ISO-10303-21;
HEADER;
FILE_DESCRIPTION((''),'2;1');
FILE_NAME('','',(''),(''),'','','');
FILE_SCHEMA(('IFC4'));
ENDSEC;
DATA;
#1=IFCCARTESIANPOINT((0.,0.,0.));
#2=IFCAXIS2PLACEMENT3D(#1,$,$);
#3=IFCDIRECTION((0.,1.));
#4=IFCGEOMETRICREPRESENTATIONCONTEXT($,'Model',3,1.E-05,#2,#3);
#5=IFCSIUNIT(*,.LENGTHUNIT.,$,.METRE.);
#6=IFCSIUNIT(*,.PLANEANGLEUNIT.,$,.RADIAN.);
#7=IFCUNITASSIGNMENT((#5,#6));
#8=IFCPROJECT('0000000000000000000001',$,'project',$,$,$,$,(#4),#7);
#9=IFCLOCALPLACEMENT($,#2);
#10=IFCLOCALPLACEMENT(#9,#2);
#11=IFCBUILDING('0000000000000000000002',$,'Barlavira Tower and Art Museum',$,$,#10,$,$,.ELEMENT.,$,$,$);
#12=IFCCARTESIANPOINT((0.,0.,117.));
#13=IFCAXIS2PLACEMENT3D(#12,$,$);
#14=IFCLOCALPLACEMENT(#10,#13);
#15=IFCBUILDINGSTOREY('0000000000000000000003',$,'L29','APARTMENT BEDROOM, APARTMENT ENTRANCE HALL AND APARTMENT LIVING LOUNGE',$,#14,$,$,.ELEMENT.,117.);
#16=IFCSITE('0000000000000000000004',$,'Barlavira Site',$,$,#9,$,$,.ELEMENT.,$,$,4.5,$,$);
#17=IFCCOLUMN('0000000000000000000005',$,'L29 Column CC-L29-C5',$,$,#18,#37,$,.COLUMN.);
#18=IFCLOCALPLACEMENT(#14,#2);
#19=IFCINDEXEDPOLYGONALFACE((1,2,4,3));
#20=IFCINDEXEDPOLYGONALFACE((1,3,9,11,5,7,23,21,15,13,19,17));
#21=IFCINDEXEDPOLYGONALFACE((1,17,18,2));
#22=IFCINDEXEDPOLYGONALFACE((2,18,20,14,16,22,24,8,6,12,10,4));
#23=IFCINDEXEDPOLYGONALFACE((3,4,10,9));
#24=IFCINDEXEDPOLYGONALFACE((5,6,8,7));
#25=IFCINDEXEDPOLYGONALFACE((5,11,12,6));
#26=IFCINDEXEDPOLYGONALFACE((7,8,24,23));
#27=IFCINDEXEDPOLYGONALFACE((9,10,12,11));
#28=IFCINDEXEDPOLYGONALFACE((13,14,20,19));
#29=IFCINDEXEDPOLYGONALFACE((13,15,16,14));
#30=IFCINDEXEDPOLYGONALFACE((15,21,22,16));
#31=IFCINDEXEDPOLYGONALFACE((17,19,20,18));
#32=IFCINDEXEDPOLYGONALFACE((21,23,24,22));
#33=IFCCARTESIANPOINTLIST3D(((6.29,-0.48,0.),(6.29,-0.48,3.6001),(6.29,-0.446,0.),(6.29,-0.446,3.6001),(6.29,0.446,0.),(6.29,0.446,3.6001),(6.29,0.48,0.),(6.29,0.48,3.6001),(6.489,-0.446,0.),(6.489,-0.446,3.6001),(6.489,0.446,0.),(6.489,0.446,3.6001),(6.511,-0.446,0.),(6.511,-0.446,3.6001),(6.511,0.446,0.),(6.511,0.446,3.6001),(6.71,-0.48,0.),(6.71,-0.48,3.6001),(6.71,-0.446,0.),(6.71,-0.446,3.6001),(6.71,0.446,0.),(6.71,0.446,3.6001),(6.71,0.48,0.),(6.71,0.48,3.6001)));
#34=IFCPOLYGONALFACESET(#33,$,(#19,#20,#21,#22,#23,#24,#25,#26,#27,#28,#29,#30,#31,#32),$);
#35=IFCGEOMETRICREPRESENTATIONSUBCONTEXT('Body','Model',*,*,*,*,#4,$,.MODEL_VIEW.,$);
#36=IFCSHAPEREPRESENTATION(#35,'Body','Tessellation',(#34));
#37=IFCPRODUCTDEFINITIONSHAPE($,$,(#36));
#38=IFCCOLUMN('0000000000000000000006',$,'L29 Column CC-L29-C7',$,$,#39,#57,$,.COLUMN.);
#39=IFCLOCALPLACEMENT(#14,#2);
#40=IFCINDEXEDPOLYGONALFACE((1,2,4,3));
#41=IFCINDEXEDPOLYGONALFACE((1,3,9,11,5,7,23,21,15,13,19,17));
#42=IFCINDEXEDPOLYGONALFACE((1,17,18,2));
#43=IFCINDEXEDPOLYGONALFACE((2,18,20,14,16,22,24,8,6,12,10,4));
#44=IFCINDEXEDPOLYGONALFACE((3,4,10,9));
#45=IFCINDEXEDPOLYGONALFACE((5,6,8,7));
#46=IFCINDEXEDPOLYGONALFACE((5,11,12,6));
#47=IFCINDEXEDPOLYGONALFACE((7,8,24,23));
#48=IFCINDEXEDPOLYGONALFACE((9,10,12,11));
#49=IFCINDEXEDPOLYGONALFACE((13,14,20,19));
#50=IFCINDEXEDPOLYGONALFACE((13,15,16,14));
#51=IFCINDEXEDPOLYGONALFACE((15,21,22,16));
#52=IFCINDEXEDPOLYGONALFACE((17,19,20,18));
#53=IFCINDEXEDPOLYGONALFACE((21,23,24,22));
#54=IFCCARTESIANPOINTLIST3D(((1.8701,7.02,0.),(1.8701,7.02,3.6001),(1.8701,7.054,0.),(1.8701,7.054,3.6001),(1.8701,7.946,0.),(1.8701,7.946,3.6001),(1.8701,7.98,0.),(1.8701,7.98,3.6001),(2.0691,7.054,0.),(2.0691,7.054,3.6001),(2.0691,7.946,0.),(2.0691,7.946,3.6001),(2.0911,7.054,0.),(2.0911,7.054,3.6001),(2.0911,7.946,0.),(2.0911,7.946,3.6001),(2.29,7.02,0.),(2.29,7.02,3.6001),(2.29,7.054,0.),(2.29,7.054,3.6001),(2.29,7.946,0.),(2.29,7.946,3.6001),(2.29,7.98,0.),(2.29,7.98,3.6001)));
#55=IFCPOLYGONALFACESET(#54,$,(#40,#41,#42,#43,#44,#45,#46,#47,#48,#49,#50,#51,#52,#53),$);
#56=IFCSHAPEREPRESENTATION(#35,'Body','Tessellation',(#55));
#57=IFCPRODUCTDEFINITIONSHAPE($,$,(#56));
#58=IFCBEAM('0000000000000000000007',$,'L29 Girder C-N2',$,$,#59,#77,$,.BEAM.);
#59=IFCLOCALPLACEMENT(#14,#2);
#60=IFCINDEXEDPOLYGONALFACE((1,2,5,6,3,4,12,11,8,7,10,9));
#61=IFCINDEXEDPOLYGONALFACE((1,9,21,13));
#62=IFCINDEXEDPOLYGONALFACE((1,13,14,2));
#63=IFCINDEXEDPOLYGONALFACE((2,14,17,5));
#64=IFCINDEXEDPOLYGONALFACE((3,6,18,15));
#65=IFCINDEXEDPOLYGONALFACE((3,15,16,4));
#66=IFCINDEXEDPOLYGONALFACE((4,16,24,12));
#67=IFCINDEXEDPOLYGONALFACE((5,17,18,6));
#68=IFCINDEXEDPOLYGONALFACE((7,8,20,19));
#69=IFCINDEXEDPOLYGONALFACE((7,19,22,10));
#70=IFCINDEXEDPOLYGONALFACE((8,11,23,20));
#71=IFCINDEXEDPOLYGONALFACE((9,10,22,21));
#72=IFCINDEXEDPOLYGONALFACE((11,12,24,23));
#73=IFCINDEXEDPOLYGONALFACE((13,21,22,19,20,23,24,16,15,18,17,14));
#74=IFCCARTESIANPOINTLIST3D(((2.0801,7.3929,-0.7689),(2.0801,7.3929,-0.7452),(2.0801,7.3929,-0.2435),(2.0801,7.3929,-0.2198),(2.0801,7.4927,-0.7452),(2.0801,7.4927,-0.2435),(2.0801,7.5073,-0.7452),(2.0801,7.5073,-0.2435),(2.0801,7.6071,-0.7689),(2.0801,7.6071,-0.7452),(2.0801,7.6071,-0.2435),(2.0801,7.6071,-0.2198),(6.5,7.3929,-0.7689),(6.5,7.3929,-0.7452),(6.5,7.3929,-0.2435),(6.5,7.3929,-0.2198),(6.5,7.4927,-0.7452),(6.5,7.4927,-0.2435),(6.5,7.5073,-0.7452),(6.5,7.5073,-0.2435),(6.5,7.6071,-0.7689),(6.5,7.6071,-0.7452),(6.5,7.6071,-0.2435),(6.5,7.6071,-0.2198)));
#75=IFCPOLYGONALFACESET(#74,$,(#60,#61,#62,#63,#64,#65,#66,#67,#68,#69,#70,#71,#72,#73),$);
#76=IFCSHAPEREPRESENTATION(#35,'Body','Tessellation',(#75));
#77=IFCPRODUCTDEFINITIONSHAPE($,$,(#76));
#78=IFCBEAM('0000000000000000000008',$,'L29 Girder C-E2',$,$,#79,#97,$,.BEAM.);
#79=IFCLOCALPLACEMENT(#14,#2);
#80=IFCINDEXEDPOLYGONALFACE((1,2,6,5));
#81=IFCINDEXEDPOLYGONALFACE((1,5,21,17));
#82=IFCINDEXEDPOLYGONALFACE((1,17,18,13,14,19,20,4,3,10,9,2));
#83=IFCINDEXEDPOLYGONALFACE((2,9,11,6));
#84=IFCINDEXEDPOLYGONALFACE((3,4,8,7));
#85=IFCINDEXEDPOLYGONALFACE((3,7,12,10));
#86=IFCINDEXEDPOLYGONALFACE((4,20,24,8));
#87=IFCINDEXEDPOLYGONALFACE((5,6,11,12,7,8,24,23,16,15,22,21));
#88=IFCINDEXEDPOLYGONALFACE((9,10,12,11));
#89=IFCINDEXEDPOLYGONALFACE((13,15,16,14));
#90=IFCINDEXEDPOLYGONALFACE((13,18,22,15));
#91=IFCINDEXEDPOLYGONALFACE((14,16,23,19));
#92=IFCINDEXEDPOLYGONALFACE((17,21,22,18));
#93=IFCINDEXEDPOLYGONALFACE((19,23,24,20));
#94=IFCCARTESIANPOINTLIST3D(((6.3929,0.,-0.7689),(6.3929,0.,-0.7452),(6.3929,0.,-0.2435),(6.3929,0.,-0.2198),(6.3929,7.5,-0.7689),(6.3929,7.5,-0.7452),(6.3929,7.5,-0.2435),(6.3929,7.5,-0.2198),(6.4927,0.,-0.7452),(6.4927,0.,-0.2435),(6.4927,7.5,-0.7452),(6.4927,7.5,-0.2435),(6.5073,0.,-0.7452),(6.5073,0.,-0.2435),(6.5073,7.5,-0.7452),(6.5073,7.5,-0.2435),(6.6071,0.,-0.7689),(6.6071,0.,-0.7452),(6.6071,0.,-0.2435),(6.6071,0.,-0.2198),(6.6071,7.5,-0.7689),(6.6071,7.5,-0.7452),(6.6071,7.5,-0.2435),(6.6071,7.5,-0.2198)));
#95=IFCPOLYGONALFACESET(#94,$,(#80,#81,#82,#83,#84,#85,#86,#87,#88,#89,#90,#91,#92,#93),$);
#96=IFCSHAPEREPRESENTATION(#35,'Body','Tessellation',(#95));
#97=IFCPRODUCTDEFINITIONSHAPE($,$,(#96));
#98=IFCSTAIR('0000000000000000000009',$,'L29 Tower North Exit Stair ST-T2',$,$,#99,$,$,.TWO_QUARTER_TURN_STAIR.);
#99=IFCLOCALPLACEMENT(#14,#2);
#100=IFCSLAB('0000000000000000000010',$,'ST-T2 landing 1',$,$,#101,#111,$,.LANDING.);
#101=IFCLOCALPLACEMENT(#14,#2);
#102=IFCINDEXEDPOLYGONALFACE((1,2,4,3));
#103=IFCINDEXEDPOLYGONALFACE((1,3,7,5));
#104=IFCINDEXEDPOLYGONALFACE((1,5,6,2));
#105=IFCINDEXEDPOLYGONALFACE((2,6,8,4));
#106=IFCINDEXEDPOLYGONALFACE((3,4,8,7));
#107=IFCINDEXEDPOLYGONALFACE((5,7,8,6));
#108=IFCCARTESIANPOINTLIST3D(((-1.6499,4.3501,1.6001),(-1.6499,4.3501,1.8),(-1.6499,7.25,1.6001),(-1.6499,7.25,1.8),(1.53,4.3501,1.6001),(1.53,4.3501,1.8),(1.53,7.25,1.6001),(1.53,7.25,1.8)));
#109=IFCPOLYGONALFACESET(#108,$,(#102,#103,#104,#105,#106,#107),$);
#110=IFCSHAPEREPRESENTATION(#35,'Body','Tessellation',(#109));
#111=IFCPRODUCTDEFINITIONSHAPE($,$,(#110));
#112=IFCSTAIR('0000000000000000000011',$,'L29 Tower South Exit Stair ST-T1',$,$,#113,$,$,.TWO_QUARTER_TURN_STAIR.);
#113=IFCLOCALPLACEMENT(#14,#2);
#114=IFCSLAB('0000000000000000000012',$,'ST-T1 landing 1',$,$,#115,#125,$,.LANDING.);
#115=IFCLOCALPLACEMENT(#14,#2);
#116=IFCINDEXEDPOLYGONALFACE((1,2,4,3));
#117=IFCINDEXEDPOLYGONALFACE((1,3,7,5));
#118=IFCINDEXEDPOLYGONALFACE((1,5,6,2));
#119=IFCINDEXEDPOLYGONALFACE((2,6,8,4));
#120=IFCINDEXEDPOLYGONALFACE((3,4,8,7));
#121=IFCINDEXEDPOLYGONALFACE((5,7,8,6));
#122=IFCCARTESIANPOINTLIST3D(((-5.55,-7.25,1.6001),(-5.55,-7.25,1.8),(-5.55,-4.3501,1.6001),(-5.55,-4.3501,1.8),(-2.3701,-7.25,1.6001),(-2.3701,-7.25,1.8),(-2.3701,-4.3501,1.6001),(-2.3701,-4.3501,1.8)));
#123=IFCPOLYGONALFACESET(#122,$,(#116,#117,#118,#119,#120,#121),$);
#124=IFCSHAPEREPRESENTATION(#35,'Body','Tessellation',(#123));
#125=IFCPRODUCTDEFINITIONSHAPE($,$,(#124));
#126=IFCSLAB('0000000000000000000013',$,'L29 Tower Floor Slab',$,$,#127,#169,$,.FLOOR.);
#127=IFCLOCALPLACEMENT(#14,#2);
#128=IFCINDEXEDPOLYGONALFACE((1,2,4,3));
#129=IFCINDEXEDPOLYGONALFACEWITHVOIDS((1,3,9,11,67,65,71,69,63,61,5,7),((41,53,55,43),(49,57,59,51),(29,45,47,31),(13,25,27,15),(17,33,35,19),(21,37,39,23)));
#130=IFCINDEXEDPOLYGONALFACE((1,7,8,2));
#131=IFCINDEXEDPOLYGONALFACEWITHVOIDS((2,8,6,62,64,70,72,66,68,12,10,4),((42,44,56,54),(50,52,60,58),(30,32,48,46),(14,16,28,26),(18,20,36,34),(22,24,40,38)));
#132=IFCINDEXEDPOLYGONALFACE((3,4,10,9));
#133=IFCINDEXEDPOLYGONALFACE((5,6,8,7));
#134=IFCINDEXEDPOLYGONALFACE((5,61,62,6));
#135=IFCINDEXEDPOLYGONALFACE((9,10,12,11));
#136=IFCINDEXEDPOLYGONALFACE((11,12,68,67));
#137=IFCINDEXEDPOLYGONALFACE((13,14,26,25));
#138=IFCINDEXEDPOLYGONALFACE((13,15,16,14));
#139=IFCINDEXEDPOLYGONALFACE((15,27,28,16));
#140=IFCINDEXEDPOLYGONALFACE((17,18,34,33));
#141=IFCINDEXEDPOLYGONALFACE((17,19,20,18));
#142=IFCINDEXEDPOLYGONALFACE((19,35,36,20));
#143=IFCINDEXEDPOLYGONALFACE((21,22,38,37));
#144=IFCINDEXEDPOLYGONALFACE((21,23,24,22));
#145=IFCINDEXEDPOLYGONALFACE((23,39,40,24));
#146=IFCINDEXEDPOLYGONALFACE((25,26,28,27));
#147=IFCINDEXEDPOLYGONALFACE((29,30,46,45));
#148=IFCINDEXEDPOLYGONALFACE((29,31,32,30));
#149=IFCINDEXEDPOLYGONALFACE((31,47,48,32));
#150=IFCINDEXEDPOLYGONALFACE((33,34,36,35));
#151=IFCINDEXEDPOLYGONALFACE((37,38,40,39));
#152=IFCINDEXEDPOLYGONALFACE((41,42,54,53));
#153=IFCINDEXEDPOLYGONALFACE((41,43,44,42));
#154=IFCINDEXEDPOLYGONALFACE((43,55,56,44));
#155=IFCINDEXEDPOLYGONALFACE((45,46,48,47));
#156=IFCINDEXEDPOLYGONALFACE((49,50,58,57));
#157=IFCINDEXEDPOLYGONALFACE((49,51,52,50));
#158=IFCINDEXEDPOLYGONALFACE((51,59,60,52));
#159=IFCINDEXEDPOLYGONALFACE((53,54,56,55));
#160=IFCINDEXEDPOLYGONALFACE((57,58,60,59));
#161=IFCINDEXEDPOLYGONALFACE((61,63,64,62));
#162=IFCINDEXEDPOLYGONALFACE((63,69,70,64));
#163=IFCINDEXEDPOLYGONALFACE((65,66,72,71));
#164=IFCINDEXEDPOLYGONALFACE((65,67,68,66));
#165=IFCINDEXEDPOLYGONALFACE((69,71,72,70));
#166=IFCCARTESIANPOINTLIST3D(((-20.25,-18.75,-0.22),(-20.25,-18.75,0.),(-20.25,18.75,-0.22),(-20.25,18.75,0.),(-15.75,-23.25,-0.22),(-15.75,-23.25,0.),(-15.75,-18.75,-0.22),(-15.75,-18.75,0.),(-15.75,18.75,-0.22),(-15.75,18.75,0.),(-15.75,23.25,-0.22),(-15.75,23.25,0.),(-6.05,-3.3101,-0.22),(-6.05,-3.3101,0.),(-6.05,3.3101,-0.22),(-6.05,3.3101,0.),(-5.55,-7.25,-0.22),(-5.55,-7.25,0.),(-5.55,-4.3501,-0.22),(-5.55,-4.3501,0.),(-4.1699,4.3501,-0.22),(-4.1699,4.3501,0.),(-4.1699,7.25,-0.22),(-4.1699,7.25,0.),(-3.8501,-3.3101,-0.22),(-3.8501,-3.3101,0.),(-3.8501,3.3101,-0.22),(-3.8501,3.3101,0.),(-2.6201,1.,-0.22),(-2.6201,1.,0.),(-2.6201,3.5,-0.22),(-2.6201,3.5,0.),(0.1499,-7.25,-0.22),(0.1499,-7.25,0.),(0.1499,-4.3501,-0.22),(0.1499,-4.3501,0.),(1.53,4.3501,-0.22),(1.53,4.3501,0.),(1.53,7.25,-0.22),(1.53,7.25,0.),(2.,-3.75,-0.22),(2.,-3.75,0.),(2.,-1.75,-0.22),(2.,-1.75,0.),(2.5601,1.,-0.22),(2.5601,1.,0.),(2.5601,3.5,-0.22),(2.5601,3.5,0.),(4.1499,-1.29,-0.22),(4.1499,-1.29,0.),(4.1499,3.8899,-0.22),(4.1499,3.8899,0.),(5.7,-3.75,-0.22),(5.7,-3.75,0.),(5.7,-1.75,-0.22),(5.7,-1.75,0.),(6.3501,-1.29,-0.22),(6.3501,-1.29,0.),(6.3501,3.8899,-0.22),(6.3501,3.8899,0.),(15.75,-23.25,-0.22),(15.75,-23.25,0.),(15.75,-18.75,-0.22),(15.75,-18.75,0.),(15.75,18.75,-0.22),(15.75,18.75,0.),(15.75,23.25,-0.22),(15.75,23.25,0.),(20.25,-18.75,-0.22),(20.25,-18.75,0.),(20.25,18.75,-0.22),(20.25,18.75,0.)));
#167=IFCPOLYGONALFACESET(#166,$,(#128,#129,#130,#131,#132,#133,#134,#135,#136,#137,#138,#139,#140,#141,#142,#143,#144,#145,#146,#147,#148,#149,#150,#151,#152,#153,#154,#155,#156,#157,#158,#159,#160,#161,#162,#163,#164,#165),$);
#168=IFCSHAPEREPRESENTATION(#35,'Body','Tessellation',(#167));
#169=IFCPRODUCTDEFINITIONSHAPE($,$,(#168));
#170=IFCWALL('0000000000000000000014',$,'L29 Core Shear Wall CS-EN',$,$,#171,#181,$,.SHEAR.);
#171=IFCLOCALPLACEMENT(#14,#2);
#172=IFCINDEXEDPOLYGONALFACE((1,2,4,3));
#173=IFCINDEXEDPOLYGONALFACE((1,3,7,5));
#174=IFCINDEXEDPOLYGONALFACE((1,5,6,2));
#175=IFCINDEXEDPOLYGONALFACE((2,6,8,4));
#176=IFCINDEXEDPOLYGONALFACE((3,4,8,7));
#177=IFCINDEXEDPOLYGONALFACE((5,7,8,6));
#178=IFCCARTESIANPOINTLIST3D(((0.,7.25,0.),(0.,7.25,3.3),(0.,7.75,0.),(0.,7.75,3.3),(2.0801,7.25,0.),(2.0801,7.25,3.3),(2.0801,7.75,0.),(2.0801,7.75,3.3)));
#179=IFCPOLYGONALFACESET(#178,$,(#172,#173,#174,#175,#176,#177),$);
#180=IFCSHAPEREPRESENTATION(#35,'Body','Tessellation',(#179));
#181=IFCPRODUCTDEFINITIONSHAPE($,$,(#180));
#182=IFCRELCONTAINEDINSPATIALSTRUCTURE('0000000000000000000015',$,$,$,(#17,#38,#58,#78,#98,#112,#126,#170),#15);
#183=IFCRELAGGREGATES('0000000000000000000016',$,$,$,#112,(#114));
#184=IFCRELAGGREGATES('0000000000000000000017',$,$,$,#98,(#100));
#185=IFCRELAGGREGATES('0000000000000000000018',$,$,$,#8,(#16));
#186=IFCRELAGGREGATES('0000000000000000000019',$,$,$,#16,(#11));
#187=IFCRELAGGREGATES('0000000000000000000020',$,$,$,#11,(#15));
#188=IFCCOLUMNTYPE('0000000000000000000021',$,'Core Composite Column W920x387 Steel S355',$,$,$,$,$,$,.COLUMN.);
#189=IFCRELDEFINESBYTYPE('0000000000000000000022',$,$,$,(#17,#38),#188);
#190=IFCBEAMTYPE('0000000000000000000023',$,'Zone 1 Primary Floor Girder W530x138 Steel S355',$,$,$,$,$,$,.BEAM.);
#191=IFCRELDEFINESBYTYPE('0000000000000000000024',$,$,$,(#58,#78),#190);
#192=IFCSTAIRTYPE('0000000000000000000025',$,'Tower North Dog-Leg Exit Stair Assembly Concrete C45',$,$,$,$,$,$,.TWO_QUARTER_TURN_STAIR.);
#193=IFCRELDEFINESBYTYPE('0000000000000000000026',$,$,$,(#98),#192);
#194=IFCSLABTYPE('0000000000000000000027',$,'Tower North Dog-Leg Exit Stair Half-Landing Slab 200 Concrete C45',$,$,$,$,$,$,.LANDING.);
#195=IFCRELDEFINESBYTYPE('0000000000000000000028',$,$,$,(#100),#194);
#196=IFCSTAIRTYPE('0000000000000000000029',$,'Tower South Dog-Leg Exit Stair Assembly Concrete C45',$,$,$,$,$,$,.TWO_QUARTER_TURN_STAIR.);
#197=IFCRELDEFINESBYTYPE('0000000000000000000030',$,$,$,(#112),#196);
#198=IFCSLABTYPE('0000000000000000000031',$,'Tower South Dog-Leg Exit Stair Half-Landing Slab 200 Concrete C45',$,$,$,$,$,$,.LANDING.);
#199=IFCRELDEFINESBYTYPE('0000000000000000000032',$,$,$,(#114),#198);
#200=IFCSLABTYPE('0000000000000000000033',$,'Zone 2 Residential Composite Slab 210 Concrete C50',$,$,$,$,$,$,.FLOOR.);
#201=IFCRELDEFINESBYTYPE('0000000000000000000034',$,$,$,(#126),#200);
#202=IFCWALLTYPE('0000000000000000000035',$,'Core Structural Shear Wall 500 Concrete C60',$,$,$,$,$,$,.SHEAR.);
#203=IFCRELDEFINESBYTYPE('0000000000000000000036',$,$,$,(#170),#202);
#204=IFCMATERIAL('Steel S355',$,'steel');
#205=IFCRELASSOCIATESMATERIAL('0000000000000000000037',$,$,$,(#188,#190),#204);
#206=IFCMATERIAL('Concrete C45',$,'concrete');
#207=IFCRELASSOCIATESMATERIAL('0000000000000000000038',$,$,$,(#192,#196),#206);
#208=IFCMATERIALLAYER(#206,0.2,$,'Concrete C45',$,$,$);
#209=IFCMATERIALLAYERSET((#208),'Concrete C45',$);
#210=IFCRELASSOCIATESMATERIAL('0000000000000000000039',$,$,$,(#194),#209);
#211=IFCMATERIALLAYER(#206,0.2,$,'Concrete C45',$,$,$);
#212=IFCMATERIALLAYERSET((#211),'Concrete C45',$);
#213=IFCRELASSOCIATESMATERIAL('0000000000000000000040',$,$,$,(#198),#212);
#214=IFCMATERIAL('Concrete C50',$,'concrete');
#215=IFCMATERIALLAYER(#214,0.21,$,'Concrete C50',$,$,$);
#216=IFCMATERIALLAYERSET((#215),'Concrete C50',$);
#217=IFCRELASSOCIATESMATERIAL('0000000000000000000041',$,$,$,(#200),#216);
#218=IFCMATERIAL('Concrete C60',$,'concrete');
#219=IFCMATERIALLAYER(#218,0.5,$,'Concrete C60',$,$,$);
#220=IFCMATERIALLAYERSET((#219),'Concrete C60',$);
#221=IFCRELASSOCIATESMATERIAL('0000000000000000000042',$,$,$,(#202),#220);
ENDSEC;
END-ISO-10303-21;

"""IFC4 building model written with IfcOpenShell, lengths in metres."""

from ifc_helpers import new_model, si_unit, direction, frame, frame_2d, origin, origin_2d, place, context, subcontext, project, spatial, polyline, rectangle, i_section, outline, extrude, material, layer, layer_set, material_profile, profile_set, type_object, element, aggregate, save


model = new_model("IFC4")

# Units and contexts
model_context = context("Model", 3, precision=1e-05, world=origin(), true_north=direction((0.0, 1.0)))
body_context = subcontext(model_context, "Body", "Model", "MODEL_VIEW")
ifc_project = project(units=[si_unit("LENGTHUNIT", "METRE"), si_unit("PLANEANGLEUNIT", "RADIAN")], contexts=[model_context])

# Site, building, storey
site_placement = place(None, origin())
site = spatial("IfcSite", under=ifc_project, at=site_placement, Name="Barlavira Site", CompositionType="ELEMENT", RefElevation=4.5)
building_placement = place(site_placement, origin())
building = spatial("IfcBuilding", under=site, at=building_placement, Name="Barlavira Tower and Art Museum", CompositionType="ELEMENT")
storey_placement = place(building_placement, frame((0.0, 0.0, 117.0)))
storey = spatial("IfcBuildingStorey", under=building, at=storey_placement, Name="L29", Description="APARTMENT BEDROOM, APARTMENT ENTRANCE HALL AND APARTMENT LIVING LOUNGE", CompositionType="ELEMENT", Elevation=117.0)

# Columns
ifc_material_1 = material(Name="Steel S355", Category="steel")
ifc_material_profile_1 = material_profile(ifc_material_1, i_section(OverallWidth=0.4199, OverallDepth=0.96, WebThickness=0.022, FlangeThickness=0.0339, at=origin_2d()), Name="W920x387.0")
ifc_profile_set_1 = profile_set([ifc_material_profile_1], Name="Steel S355")
column_type = type_object("IfcColumnType", Name="Core Composite Column W920x387 Steel S355", PredefinedType="COLUMN", material=ifc_profile_set_1)
for number, where, z_axis, x_axis, name in (
    (1, (6.5, 0.0, 0.0), (0.0, 0.0, 1.0), (1.0, 0.0, 0.0), "L29 Column CC-L29-C5"),
    (2, (2.0801, 7.5, 0.0), (0.0, 0.0, 1.0), (1.0, 0.0, 0.0), "L29 Column CC-L29-C7"),
):
    element("IfcColumn", number, at=place(storey_placement, frame(where, z_axis=z_axis, x_axis=x_axis)), inside=storey, type_object=column_type, Name=name, PredefinedType="COLUMN", context=body_context, shape_type="SweptSolid", body=[
        extrude(i_section(OverallWidth=0.4199, OverallDepth=0.96, WebThickness=0.022, FlangeThickness=0.0339, at=origin_2d()), origin(), (0.0, 0.0, 1.0), 3.6001),
    ])

# Beams
ifc_material_profile_2 = material_profile(ifc_material_1, i_section(OverallWidth=0.2141, OverallDepth=0.5491, WebThickness=0.0146, FlangeThickness=0.0237, at=origin_2d()), Name="W530x138.0")
ifc_profile_set_2 = profile_set([ifc_material_profile_2], Name="Steel S355")
beam_type = type_object("IfcBeamType", Name="Zone 1 Primary Floor Girder W530x138 Steel S355", PredefinedType="BEAM", material=ifc_profile_set_2)
beam_1_placement = place(storey_placement, frame((2.0801, 7.5, -0.4944), z_axis=(1.0, 0.0, 0.0), x_axis=(0.0, 1.0, 0.0)))
element("IfcBeam", 3, at=beam_1_placement, inside=storey, type_object=beam_type, Name="L29 Girder C-N2", PredefinedType="BEAM", context=body_context, shape_type="SweptSolid", body=[
    extrude(i_section(OverallWidth=0.2141, OverallDepth=0.5491, WebThickness=0.0146, FlangeThickness=0.0237, at=origin_2d()), origin(), (0.0, 0.0, 1.0), 4.4199),
])
beam_2_placement = place(storey_placement, frame((6.5, 0.0, -0.4944), z_axis=(0.0, 1.0, 0.0), x_axis=(-1.0, 0.0, 0.0)))
element("IfcBeam", 4, at=beam_2_placement, inside=storey, type_object=beam_type, Name="L29 Girder C-E2", PredefinedType="BEAM", context=body_context, shape_type="SweptSolid", body=[
    extrude(i_section(OverallWidth=0.2141, OverallDepth=0.5491, WebThickness=0.0146, FlangeThickness=0.0237, at=origin_2d()), origin(), (0.0, 0.0, 1.0), 7.5),
])

# Stairs, slabs
ifc_material_2 = material(Name="Concrete C45", Category="concrete")
stair_type_1 = type_object("IfcStairType", Name="Tower North Dog-Leg Exit Stair Assembly Concrete C45", PredefinedType="TWO_QUARTER_TURN_STAIR", material=ifc_material_2)
stair_1_placement = place(storey_placement, origin())
stair_1 = element("IfcStair", 5, at=stair_1_placement, inside=storey, type_object=stair_type_1, Name="L29 Tower North Exit Stair ST-T2", PredefinedType="TWO_QUARTER_TURN_STAIR")
ifc_layer_1 = layer(ifc_material_2, 0.2, Name="Concrete C45")
ifc_layer_set_1 = layer_set([ifc_layer_1], Name="Concrete C45")
slab_type_1 = type_object("IfcSlabType", Name="Tower North Dog-Leg Exit Stair Half-Landing Slab 200 Concrete C45", PredefinedType="LANDING", material=ifc_layer_set_1)
slab_1_placement = place(storey_placement, frame((0.0, 0.0, 1.6001)))
slab_1 = element("IfcSlab", 6, at=slab_1_placement, type_object=slab_type_1, Name="ST-T2 landing 1", PredefinedType="LANDING", context=body_context, shape_type="SweptSolid", body=[
    extrude(outline(polyline([(-1.6499, 4.3501), (1.53, 4.3501), (1.53, 7.25), (-1.6499, 7.25), (-1.6499, 4.3501)])), origin(), (0.0, 0.0, 1.0), 0.2),
])
stair_type_2 = type_object("IfcStairType", Name="Tower South Dog-Leg Exit Stair Assembly Concrete C45", PredefinedType="TWO_QUARTER_TURN_STAIR", material=ifc_material_2)
stair_2_placement = place(storey_placement, origin())
stair_2 = element("IfcStair", 7, at=stair_2_placement, inside=storey, type_object=stair_type_2, Name="L29 Tower South Exit Stair ST-T1", PredefinedType="TWO_QUARTER_TURN_STAIR")
ifc_layer_2 = layer(ifc_material_2, 0.2, Name="Concrete C45")
ifc_layer_set_2 = layer_set([ifc_layer_2], Name="Concrete C45")
slab_type_2 = type_object("IfcSlabType", Name="Tower South Dog-Leg Exit Stair Half-Landing Slab 200 Concrete C45", PredefinedType="LANDING", material=ifc_layer_set_2)
slab_2_placement = place(storey_placement, frame((0.0, 0.0, 1.6001)))
slab_2 = element("IfcSlab", 8, at=slab_2_placement, type_object=slab_type_2, Name="ST-T1 landing 1", PredefinedType="LANDING", context=body_context, shape_type="SweptSolid", body=[
    extrude(outline(polyline([(-2.3701, -4.3501), (-5.55, -4.3501), (-5.55, -7.25), (-2.3701, -7.25), (-2.3701, -4.3501)])), origin(), (0.0, 0.0, 1.0), 0.2),
])
aggregate(stair_2, [slab_2])

# Slab
ifc_material_3 = material(Name="Concrete C50", Category="concrete")
ifc_layer_3 = layer(ifc_material_3, 0.21, Name="Concrete C50")
ifc_layer_set_3 = layer_set([ifc_layer_3], Name="Concrete C50")
slab_type_3 = type_object("IfcSlabType", Name="Zone 2 Residential Composite Slab 210 Concrete C50", PredefinedType="FLOOR", material=ifc_layer_set_3)
slab_3_placement = place(storey_placement, frame((0.0, 0.0, -0.22)))
element("IfcSlab", 9, at=slab_3_placement, inside=storey, type_object=slab_type_3, Name="L29 Tower Floor Slab", PredefinedType="FLOOR", context=body_context, shape_type="SweptSolid", body=[
    extrude(outline(polyline([(-15.75, -23.25), (15.75, -23.25), (15.75, -18.75), (20.25, -18.75), (20.25, 18.75), (15.75, 18.75), (15.75, 23.25), (-15.75, 23.25), (-15.75, 18.75), (-20.25, 18.75), (-20.25, -18.75), (-15.75, -18.75), (-15.75, -23.25)]), holes=[polyline([(0.1499, -4.3501), (-5.55, -4.3501), (-5.55, -7.25), (0.1499, -7.25), (0.1499, -4.3501)]), polyline([(-4.1699, 4.3501), (1.53, 4.3501), (1.53, 7.25), (-4.1699, 7.25), (-4.1699, 4.3501)]), polyline([(-6.05, -3.3101), (-3.8501, -3.3101), (-3.8501, 3.3101), (-6.05, 3.3101), (-6.05, -3.3101)]), polyline([(4.1499, -1.29), (6.3501, -1.29), (6.3501, 3.8899), (4.1499, 3.8899), (4.1499, -1.29)]), polyline([(-2.6201, 1.0), (2.5601, 1.0), (2.5601, 3.5), (-2.6201, 3.5), (-2.6201, 1.0)]), polyline([(2.0, -3.75), (5.7, -3.75), (5.7, -1.75), (2.0, -1.75), (2.0, -3.75)])]), origin(), (0.0, 0.0, 1.0), 0.22),
])

# Wall
ifc_material_4 = material(Name="Concrete C60", Category="concrete")
ifc_layer_4 = layer(ifc_material_4, 0.5, Name="Concrete C60")
ifc_layer_set_4 = layer_set([ifc_layer_4], Name="Concrete C60")
wall_type_1 = type_object("IfcWallType", Name="Core Structural Shear Wall 500 Concrete C60", PredefinedType="SHEAR", material=ifc_layer_set_4)
wall_1_placement = place(storey_placement, frame((0.0, 7.5, 0.0), z_axis=(0.0, 0.0, 1.0), x_axis=(1.0, 0.0, 0.0)))
element("IfcWall", 10, at=wall_1_placement, inside=storey, type_object=wall_type_1, Name="L29 Core Shear Wall CS-EN", PredefinedType="SHEAR", context=body_context, shape_type="SweptSolid", body=[
    extrude(rectangle(XDim=2.0801, YDim=0.5, at=frame_2d((1.04, 0.0))), origin(), (0.0, 0.0, 1.0), 3.3),
])

aggregate(stair_1, [slab_1])

save(model, "model.ifc")
